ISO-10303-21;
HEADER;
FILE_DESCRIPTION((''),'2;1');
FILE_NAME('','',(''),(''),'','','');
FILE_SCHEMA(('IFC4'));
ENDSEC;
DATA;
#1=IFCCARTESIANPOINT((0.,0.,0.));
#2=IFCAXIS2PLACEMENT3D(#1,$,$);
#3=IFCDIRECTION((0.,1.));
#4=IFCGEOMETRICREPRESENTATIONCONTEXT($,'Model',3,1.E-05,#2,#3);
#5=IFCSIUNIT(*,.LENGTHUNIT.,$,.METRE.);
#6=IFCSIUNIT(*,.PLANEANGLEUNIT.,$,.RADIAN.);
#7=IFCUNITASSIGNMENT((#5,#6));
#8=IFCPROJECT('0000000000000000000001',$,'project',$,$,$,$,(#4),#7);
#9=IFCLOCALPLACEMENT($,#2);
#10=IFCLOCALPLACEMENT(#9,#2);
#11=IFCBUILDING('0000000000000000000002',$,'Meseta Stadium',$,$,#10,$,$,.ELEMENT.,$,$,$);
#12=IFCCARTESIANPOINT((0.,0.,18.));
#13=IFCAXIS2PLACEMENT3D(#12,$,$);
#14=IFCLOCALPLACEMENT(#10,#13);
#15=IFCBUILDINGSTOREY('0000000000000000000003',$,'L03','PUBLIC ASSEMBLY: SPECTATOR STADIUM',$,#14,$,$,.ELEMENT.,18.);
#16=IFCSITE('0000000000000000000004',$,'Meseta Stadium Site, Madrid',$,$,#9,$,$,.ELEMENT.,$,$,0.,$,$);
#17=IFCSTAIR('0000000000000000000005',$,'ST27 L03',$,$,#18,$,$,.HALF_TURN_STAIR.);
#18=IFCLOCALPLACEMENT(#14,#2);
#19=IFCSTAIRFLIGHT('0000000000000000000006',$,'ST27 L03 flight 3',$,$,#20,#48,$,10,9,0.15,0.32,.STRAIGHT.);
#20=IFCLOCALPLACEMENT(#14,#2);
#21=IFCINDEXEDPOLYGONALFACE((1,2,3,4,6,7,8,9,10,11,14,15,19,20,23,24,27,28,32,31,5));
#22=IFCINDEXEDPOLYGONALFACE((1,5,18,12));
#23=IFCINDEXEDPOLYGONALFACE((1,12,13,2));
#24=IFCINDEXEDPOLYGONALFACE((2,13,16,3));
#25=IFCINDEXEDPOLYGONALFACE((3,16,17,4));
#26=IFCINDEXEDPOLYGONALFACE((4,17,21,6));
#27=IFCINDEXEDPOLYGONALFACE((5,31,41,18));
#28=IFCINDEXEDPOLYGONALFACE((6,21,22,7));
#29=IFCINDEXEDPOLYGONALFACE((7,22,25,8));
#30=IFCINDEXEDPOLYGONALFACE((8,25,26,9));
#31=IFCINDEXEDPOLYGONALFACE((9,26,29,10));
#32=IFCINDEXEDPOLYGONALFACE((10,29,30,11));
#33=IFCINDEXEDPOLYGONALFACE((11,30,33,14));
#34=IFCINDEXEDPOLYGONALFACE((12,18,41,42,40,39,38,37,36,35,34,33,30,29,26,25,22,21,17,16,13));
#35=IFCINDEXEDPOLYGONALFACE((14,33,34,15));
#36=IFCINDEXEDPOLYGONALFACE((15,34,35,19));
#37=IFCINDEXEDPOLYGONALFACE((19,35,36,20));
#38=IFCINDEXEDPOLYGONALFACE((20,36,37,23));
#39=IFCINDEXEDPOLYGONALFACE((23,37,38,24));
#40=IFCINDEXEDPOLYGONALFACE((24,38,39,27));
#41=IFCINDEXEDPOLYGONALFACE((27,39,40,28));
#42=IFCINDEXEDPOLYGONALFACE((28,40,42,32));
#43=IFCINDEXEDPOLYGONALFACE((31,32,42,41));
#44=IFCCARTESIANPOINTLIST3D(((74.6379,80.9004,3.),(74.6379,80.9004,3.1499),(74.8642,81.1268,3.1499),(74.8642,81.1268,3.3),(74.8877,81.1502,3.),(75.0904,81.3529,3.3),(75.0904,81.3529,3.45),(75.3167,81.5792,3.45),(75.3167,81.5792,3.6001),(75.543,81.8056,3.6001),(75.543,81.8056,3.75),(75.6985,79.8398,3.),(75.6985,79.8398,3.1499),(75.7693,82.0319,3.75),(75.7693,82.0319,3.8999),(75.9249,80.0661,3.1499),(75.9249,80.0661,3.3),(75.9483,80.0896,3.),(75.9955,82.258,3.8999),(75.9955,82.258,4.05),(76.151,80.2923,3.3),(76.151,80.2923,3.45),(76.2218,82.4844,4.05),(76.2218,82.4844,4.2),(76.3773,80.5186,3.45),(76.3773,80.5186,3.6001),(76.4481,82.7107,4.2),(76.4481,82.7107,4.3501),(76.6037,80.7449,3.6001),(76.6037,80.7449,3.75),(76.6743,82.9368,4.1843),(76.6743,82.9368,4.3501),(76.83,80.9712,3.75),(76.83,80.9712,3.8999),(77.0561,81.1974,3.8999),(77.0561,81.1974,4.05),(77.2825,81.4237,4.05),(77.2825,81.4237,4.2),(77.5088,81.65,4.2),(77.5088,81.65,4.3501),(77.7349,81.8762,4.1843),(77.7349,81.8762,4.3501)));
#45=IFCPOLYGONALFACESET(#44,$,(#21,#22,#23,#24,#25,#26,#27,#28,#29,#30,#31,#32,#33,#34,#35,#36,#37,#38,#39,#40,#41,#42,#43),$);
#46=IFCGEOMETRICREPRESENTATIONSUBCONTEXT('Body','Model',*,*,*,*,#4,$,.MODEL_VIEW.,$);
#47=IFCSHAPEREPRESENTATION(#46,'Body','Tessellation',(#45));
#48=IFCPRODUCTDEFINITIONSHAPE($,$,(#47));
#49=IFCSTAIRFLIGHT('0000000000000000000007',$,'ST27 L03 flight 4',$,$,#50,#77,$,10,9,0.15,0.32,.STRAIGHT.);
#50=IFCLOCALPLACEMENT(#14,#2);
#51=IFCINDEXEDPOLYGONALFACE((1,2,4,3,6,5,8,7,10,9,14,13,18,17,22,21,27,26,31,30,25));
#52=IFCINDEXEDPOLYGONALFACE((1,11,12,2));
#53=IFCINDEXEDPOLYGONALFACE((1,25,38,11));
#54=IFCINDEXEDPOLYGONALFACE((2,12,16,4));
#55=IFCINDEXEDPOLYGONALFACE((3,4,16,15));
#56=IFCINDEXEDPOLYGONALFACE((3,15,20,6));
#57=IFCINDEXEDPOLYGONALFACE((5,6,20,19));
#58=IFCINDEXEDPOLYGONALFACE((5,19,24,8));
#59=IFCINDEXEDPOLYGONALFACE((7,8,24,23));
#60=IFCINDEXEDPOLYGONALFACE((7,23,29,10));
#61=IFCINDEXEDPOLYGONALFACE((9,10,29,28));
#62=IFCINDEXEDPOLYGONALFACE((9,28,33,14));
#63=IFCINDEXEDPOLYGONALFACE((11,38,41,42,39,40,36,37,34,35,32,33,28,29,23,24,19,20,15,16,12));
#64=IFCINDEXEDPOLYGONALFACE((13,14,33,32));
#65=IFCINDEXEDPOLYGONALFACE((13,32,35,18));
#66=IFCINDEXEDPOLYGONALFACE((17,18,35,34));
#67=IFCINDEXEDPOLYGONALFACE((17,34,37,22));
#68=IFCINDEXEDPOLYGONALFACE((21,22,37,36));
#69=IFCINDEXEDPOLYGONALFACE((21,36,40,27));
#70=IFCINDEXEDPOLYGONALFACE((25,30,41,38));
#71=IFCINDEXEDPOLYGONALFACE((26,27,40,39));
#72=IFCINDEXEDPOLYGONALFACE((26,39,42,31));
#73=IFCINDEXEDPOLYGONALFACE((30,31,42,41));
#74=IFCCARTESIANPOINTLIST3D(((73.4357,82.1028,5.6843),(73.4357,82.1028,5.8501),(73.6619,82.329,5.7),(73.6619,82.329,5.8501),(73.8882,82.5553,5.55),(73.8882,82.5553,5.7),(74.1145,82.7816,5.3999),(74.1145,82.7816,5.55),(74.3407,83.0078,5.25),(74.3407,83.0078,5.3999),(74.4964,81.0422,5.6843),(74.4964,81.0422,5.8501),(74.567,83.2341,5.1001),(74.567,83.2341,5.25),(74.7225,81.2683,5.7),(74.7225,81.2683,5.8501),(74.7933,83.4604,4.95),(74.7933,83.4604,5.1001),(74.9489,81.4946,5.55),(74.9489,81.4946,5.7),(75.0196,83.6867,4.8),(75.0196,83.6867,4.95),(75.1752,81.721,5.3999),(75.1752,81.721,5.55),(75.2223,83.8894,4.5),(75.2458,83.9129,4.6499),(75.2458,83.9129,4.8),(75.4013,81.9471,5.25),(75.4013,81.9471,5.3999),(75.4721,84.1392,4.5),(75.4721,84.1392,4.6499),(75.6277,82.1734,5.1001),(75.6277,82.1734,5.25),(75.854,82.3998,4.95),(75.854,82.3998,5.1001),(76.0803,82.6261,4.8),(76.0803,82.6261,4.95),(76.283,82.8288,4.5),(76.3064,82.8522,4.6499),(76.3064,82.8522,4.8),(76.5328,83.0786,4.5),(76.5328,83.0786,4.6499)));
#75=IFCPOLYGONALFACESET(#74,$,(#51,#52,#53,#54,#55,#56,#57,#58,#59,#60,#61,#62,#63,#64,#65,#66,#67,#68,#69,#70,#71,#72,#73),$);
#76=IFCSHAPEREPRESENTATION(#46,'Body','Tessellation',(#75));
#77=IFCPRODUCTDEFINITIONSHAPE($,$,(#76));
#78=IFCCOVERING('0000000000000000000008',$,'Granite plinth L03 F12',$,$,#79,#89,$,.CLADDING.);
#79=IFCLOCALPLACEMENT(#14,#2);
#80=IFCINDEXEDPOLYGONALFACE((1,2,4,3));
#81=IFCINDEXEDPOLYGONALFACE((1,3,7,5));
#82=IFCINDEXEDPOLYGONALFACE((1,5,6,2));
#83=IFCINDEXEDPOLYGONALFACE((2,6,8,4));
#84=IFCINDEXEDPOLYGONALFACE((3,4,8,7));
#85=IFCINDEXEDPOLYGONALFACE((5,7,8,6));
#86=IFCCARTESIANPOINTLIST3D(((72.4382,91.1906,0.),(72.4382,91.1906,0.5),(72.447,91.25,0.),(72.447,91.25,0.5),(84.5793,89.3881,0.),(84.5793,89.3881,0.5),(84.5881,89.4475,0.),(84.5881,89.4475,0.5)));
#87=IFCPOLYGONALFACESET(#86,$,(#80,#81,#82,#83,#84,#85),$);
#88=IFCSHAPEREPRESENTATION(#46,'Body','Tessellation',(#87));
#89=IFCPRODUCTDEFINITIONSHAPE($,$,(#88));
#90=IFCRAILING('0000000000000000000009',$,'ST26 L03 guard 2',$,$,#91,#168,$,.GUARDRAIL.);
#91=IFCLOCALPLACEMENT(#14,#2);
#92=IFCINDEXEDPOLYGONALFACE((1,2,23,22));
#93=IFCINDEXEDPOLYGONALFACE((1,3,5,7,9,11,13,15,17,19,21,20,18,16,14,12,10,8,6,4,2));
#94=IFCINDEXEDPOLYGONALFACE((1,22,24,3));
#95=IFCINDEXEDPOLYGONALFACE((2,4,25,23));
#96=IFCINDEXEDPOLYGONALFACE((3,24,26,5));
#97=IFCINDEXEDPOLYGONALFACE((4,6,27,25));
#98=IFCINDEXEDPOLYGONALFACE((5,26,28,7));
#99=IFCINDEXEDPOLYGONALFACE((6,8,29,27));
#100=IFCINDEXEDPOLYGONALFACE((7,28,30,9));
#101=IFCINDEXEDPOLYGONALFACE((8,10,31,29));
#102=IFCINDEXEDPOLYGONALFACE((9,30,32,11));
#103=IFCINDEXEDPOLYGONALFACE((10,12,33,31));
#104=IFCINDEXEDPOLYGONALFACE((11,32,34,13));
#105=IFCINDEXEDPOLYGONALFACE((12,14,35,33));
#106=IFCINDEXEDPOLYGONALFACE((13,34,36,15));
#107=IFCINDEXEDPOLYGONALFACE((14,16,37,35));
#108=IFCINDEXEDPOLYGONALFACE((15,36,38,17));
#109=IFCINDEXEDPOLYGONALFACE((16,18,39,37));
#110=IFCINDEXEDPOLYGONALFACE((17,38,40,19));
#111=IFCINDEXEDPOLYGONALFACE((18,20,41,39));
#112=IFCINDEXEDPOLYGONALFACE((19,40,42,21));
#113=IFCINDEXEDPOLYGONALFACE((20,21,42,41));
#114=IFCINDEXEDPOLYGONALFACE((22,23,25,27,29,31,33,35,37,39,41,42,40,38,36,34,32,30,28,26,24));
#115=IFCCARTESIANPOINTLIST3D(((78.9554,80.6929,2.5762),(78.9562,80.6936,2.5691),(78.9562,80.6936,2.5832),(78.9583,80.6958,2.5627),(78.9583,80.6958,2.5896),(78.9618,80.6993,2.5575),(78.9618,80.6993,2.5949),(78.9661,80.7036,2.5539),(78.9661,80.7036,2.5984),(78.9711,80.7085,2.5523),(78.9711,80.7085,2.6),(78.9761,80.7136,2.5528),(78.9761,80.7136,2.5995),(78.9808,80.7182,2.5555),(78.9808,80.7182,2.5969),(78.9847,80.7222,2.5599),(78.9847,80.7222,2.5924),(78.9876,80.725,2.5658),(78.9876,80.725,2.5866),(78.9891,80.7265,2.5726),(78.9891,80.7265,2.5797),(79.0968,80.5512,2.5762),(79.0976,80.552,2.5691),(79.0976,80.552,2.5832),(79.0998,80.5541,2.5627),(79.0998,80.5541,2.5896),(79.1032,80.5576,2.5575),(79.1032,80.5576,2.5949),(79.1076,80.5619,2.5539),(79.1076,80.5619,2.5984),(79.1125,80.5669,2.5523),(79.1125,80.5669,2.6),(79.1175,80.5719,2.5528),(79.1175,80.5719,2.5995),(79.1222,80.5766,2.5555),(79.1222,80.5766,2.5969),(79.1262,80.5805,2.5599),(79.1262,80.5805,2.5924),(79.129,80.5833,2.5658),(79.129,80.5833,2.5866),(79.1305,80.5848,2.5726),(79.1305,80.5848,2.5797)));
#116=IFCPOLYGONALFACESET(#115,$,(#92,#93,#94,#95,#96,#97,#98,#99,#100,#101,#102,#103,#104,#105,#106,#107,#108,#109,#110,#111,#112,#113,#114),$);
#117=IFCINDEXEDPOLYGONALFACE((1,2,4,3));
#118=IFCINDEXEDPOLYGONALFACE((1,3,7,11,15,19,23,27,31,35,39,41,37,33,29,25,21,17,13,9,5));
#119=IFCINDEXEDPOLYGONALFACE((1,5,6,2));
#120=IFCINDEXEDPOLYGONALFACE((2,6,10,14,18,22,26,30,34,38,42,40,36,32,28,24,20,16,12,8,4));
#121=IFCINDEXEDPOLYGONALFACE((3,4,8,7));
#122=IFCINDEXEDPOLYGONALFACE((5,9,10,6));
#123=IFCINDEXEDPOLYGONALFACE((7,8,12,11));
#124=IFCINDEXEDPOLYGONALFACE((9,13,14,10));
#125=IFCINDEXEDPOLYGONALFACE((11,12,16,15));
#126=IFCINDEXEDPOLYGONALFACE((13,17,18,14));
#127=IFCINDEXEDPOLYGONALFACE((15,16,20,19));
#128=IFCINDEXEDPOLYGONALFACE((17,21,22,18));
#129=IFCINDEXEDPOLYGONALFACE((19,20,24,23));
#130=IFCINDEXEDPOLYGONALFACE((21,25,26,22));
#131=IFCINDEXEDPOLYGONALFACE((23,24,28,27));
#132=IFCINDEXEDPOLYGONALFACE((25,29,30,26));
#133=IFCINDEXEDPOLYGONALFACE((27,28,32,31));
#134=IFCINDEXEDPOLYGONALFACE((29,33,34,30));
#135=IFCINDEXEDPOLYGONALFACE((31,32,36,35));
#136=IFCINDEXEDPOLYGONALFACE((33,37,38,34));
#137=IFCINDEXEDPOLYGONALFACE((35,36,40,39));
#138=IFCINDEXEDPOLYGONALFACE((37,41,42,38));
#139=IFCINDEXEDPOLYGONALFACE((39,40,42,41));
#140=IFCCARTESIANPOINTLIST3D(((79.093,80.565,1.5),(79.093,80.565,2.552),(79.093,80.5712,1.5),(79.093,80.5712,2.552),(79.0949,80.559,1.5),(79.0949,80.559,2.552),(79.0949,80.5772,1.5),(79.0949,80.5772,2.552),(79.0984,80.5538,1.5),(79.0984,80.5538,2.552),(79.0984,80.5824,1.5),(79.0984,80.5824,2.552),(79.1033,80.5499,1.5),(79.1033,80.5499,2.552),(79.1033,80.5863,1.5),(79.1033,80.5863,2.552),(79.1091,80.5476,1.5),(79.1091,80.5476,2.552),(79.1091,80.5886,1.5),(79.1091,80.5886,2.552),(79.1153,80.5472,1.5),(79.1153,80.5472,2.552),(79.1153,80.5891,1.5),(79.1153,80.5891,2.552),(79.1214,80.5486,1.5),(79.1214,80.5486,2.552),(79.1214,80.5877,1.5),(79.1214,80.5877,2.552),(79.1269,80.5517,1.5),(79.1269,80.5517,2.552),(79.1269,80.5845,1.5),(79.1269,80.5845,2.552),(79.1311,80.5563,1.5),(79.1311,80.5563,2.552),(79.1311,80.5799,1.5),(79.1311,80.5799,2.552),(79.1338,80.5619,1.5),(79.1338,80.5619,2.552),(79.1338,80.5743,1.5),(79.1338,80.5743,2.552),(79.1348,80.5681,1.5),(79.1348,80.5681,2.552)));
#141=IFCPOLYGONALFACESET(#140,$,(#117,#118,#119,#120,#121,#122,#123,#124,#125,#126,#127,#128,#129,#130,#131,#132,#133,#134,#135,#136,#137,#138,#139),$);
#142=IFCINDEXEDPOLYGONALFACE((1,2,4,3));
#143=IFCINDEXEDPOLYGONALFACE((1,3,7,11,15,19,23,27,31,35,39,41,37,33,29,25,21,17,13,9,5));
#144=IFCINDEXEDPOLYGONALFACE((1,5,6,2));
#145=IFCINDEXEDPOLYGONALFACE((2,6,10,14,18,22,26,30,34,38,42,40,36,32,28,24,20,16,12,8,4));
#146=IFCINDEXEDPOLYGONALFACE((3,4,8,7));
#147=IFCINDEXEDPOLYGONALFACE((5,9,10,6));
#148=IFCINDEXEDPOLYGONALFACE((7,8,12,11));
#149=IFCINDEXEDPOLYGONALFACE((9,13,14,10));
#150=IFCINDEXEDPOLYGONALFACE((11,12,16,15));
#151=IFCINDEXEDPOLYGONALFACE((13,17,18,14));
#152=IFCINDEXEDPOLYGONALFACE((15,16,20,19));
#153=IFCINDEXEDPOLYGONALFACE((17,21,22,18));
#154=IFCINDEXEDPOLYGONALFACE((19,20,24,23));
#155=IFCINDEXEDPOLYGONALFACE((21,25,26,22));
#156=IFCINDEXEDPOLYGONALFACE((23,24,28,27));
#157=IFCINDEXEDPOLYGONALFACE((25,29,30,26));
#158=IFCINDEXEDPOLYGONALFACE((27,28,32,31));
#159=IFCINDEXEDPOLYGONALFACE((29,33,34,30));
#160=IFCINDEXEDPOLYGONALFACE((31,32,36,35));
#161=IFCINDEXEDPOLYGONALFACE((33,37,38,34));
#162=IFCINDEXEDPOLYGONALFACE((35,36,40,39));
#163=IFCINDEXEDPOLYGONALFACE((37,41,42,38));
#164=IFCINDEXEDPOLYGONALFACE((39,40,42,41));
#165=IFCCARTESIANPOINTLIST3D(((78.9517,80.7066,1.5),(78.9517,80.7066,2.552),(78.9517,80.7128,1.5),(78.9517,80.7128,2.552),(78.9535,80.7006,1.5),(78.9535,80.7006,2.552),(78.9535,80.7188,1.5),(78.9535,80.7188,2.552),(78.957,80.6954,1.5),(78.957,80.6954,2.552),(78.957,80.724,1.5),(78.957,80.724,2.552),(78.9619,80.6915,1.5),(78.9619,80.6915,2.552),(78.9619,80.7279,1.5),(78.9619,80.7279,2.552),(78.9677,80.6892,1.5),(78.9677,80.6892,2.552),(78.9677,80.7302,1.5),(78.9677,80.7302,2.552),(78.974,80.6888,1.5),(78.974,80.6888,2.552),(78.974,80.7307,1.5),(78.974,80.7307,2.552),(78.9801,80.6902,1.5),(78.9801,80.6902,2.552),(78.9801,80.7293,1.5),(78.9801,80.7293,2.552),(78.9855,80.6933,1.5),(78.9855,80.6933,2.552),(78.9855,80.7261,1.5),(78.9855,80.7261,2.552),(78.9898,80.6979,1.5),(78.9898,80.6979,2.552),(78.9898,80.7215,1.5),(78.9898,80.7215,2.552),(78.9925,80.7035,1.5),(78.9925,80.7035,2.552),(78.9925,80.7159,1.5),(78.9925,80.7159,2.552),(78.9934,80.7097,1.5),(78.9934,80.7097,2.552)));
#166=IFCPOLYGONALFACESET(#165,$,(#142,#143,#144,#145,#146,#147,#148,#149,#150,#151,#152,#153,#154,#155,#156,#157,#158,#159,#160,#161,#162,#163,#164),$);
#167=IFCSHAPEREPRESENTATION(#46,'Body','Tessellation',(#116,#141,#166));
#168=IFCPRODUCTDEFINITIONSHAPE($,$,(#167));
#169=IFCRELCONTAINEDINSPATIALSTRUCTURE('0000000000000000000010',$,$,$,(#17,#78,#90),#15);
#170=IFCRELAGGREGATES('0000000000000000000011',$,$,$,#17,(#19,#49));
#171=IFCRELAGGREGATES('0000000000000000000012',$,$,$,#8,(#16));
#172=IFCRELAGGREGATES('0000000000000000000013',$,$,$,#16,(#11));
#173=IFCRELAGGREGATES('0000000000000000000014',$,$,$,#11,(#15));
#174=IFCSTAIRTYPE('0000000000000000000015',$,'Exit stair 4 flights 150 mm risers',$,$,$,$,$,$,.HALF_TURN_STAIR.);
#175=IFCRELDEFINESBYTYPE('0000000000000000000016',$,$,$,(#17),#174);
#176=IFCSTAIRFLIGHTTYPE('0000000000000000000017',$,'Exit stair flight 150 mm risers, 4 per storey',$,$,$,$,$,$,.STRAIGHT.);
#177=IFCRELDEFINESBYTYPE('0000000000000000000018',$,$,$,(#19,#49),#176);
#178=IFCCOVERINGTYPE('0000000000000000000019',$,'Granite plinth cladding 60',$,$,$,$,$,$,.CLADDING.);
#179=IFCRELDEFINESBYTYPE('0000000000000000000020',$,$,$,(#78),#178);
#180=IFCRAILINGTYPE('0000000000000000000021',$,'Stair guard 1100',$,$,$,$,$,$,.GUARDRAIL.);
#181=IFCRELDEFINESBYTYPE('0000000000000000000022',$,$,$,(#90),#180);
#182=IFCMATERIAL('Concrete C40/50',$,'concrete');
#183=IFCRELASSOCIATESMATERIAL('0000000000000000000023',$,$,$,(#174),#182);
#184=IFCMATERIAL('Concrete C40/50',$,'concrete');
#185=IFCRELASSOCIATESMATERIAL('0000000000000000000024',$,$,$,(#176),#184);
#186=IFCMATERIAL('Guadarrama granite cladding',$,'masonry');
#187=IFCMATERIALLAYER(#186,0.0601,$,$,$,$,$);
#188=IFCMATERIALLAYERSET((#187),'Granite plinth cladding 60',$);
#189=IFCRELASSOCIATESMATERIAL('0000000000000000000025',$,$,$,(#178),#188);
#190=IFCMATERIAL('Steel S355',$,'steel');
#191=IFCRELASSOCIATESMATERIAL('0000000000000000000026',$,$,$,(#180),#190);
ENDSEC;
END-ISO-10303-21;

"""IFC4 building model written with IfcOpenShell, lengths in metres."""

from ifc_helpers import new_model, si_unit, direction, frame, origin, origin_2d, place, context, subcontext, project, spatial, polyline, rectangle, circle, outline, extrude, material, layer, layer_set, type_object, element, aggregate, save


model = new_model("IFC4")

# Units and contexts
model_context = context("Model", 3, precision=1e-05, world=origin(), true_north=direction((0.0, 1.0)))
body_context = subcontext(model_context, "Body", "Model", "MODEL_VIEW")
ifc_project = project(units=[si_unit("LENGTHUNIT", "METRE"), si_unit("PLANEANGLEUNIT", "RADIAN")], contexts=[model_context])

# Site, building, storey
site_placement = place(None, origin())
site = spatial("IfcSite", under=ifc_project, at=site_placement, Name="Meseta Stadium Site, Madrid", CompositionType="ELEMENT", RefElevation=0.0)
building_placement = place(site_placement, origin())
building = spatial("IfcBuilding", under=site, at=building_placement, Name="Meseta Stadium", CompositionType="ELEMENT")
storey_placement = place(building_placement, frame((0.0, 0.0, 18.0)))
storey = spatial("IfcBuildingStorey", under=building, at=storey_placement, Name="L03", Description="PUBLIC ASSEMBLY: SPECTATOR STADIUM", CompositionType="ELEMENT", Elevation=18.0)

# Stair, stair flights
ifc_material_1 = material(Name="Concrete C40/50", Category="concrete")
stair_type = type_object("IfcStairType", Name="Exit stair 4 flights 150 mm risers", PredefinedType="HALF_TURN_STAIR", material=ifc_material_1)
ifc_material_2 = material(Name="Concrete C40/50", Category="concrete")
stair_flight_type = type_object("IfcStairFlightType", Name="Exit stair flight 150 mm risers, 4 per storey", PredefinedType="STRAIGHT", material=ifc_material_2)
stair_1_placement = place(storey_placement, origin())
stair_1 = element("IfcStair", 1, at=stair_1_placement, inside=storey, type_object=stair_type, Name="ST27 L03", PredefinedType="HALF_TURN_STAIR")
stair_flight_1_placement = place(storey_placement, frame((75.1682, 80.3701, 3.0), z_axis=(0.0, 0.0, 1.0), x_axis=(0.707107, 0.707107, 0.0)))
stair_flight_1 = element("IfcStairFlight", 2, at=stair_flight_1_placement, type_object=stair_flight_type, Name="ST27 L03 flight 3", NumberOfRisers=10, NumberOfTreads=9, PredefinedType="STRAIGHT", RiserHeight=0.15, TreadLength=0.32, context=body_context, shape_type="SweptSolid", body=[
    extrude(outline(polyline([(0.0, 0.0), (0.0, 0.1499), (0.3201, 0.1499), (0.3201, 0.3), (0.6399, 0.3), (0.6399, 0.45), (0.96, 0.45), (0.96, 0.6001), (1.28, 0.6001), (1.28, 0.75), (1.6001, 0.75), (1.6001, 0.8999), (1.9199, 0.8999), (1.9199, 1.05), (2.24, 1.05), (2.24, 1.2), (2.5601, 1.2), (2.5601, 1.3501), (2.8799, 1.3501), (2.8799, 1.1843), (0.3533, 0.0), (0.0, 0.0)])), frame((0.0, 0.75, 0.0), z_axis=(0.0, -1.0, 0.0), x_axis=(1.0, 0.0, 0.0)), (0.0, 0.0, 1.0), 1.5),
])
stair_flight_2_placement = place(storey_placement, frame((76.0024, 83.6089, 4.5), z_axis=(0.0, 0.0, 1.0), x_axis=(-0.707107, -0.707107, 0.0)))
stair_flight_2 = element("IfcStairFlight", 3, at=stair_flight_2_placement, type_object=stair_flight_type, Name="ST27 L03 flight 4", NumberOfRisers=10, NumberOfTreads=9, PredefinedType="STRAIGHT", RiserHeight=0.15, TreadLength=0.32, context=body_context, shape_type="SweptSolid", body=[
    extrude(outline(polyline([(0.0, 0.0), (0.0, 0.1499), (0.3201, 0.1499), (0.3201, 0.3), (0.6399, 0.3), (0.6399, 0.45), (0.96, 0.45), (0.96, 0.6001), (1.28, 0.6001), (1.28, 0.75), (1.6001, 0.75), (1.6001, 0.8999), (1.9199, 0.8999), (1.9199, 1.05), (2.24, 1.05), (2.24, 1.2), (2.5601, 1.2), (2.5601, 1.3501), (2.8799, 1.3501), (2.8799, 1.1843), (0.3533, 0.0), (0.0, 0.0)])), frame((0.0, 0.75, 0.0), z_axis=(0.0, -1.0, 0.0), x_axis=(1.0, 0.0, 0.0)), (0.0, 0.0, 1.0), 1.5),
])
aggregate(stair_1, [stair_flight_1, stair_flight_2])

# Covering
ifc_material_3 = material(Name="Guadarrama granite cladding", Category="masonry")
ifc_layer_1 = layer(ifc_material_3, 0.0601)
ifc_layer_set_1 = layer_set([ifc_layer_1], Name="Granite plinth cladding 60")
covering_type_1 = type_object("IfcCoveringType", Name="Granite plinth cladding 60", PredefinedType="CLADDING", material=ifc_layer_set_1)
covering_1_placement = place(storey_placement, frame((78.5132, 90.3191, 0.0), z_axis=(0.0, 0.0, 1.0), x_axis=(0.989158, -0.146853, 0.0)))
element("IfcCovering", 4, at=covering_1_placement, inside=storey, type_object=covering_type_1, Name="Granite plinth L03 F12", PredefinedType="CLADDING", context=body_context, shape_type="SweptSolid", body=[
    extrude(rectangle(XDim=12.2742, YDim=0.0601, at=origin_2d()), origin(), (0.0, 0.0, 1.0), 0.5),
])

# Railing
ifc_material_4 = material(Name="Steel S355", Category="steel")
railing_type_1 = type_object("IfcRailingType", Name="Stair guard 1100", PredefinedType="GUARDRAIL", material=ifc_material_4)
railing_1_placement = place(storey_placement, frame((79.1138, 80.5681, 1.5)))
element("IfcRailing", 5, at=railing_1_placement, inside=storey, type_object=railing_type_1, Name="ST26 L03 guard 2", PredefinedType="GUARDRAIL", context=body_context, shape_type="SweptSolid", body=[
    extrude(circle(Radius=0.0239, at=origin_2d()), frame((0.0, 0.0, 1.0762), z_axis=(-0.706496, 0.707717, 0.0), x_axis=(-0.707717, -0.706496, 0.0)), (0.0, 0.0, 1.0), 0.2002),
    extrude(circle(Radius=0.021, at=origin_2d()), origin(), (0.0, 0.0, 1.0), 1.052),
    extrude(circle(Radius=0.021, at=origin_2d()), frame((-0.1414, 0.1416, 0.0)), (0.0, 0.0, 1.0), 1.052),
])

save(model, "model.ifc")
